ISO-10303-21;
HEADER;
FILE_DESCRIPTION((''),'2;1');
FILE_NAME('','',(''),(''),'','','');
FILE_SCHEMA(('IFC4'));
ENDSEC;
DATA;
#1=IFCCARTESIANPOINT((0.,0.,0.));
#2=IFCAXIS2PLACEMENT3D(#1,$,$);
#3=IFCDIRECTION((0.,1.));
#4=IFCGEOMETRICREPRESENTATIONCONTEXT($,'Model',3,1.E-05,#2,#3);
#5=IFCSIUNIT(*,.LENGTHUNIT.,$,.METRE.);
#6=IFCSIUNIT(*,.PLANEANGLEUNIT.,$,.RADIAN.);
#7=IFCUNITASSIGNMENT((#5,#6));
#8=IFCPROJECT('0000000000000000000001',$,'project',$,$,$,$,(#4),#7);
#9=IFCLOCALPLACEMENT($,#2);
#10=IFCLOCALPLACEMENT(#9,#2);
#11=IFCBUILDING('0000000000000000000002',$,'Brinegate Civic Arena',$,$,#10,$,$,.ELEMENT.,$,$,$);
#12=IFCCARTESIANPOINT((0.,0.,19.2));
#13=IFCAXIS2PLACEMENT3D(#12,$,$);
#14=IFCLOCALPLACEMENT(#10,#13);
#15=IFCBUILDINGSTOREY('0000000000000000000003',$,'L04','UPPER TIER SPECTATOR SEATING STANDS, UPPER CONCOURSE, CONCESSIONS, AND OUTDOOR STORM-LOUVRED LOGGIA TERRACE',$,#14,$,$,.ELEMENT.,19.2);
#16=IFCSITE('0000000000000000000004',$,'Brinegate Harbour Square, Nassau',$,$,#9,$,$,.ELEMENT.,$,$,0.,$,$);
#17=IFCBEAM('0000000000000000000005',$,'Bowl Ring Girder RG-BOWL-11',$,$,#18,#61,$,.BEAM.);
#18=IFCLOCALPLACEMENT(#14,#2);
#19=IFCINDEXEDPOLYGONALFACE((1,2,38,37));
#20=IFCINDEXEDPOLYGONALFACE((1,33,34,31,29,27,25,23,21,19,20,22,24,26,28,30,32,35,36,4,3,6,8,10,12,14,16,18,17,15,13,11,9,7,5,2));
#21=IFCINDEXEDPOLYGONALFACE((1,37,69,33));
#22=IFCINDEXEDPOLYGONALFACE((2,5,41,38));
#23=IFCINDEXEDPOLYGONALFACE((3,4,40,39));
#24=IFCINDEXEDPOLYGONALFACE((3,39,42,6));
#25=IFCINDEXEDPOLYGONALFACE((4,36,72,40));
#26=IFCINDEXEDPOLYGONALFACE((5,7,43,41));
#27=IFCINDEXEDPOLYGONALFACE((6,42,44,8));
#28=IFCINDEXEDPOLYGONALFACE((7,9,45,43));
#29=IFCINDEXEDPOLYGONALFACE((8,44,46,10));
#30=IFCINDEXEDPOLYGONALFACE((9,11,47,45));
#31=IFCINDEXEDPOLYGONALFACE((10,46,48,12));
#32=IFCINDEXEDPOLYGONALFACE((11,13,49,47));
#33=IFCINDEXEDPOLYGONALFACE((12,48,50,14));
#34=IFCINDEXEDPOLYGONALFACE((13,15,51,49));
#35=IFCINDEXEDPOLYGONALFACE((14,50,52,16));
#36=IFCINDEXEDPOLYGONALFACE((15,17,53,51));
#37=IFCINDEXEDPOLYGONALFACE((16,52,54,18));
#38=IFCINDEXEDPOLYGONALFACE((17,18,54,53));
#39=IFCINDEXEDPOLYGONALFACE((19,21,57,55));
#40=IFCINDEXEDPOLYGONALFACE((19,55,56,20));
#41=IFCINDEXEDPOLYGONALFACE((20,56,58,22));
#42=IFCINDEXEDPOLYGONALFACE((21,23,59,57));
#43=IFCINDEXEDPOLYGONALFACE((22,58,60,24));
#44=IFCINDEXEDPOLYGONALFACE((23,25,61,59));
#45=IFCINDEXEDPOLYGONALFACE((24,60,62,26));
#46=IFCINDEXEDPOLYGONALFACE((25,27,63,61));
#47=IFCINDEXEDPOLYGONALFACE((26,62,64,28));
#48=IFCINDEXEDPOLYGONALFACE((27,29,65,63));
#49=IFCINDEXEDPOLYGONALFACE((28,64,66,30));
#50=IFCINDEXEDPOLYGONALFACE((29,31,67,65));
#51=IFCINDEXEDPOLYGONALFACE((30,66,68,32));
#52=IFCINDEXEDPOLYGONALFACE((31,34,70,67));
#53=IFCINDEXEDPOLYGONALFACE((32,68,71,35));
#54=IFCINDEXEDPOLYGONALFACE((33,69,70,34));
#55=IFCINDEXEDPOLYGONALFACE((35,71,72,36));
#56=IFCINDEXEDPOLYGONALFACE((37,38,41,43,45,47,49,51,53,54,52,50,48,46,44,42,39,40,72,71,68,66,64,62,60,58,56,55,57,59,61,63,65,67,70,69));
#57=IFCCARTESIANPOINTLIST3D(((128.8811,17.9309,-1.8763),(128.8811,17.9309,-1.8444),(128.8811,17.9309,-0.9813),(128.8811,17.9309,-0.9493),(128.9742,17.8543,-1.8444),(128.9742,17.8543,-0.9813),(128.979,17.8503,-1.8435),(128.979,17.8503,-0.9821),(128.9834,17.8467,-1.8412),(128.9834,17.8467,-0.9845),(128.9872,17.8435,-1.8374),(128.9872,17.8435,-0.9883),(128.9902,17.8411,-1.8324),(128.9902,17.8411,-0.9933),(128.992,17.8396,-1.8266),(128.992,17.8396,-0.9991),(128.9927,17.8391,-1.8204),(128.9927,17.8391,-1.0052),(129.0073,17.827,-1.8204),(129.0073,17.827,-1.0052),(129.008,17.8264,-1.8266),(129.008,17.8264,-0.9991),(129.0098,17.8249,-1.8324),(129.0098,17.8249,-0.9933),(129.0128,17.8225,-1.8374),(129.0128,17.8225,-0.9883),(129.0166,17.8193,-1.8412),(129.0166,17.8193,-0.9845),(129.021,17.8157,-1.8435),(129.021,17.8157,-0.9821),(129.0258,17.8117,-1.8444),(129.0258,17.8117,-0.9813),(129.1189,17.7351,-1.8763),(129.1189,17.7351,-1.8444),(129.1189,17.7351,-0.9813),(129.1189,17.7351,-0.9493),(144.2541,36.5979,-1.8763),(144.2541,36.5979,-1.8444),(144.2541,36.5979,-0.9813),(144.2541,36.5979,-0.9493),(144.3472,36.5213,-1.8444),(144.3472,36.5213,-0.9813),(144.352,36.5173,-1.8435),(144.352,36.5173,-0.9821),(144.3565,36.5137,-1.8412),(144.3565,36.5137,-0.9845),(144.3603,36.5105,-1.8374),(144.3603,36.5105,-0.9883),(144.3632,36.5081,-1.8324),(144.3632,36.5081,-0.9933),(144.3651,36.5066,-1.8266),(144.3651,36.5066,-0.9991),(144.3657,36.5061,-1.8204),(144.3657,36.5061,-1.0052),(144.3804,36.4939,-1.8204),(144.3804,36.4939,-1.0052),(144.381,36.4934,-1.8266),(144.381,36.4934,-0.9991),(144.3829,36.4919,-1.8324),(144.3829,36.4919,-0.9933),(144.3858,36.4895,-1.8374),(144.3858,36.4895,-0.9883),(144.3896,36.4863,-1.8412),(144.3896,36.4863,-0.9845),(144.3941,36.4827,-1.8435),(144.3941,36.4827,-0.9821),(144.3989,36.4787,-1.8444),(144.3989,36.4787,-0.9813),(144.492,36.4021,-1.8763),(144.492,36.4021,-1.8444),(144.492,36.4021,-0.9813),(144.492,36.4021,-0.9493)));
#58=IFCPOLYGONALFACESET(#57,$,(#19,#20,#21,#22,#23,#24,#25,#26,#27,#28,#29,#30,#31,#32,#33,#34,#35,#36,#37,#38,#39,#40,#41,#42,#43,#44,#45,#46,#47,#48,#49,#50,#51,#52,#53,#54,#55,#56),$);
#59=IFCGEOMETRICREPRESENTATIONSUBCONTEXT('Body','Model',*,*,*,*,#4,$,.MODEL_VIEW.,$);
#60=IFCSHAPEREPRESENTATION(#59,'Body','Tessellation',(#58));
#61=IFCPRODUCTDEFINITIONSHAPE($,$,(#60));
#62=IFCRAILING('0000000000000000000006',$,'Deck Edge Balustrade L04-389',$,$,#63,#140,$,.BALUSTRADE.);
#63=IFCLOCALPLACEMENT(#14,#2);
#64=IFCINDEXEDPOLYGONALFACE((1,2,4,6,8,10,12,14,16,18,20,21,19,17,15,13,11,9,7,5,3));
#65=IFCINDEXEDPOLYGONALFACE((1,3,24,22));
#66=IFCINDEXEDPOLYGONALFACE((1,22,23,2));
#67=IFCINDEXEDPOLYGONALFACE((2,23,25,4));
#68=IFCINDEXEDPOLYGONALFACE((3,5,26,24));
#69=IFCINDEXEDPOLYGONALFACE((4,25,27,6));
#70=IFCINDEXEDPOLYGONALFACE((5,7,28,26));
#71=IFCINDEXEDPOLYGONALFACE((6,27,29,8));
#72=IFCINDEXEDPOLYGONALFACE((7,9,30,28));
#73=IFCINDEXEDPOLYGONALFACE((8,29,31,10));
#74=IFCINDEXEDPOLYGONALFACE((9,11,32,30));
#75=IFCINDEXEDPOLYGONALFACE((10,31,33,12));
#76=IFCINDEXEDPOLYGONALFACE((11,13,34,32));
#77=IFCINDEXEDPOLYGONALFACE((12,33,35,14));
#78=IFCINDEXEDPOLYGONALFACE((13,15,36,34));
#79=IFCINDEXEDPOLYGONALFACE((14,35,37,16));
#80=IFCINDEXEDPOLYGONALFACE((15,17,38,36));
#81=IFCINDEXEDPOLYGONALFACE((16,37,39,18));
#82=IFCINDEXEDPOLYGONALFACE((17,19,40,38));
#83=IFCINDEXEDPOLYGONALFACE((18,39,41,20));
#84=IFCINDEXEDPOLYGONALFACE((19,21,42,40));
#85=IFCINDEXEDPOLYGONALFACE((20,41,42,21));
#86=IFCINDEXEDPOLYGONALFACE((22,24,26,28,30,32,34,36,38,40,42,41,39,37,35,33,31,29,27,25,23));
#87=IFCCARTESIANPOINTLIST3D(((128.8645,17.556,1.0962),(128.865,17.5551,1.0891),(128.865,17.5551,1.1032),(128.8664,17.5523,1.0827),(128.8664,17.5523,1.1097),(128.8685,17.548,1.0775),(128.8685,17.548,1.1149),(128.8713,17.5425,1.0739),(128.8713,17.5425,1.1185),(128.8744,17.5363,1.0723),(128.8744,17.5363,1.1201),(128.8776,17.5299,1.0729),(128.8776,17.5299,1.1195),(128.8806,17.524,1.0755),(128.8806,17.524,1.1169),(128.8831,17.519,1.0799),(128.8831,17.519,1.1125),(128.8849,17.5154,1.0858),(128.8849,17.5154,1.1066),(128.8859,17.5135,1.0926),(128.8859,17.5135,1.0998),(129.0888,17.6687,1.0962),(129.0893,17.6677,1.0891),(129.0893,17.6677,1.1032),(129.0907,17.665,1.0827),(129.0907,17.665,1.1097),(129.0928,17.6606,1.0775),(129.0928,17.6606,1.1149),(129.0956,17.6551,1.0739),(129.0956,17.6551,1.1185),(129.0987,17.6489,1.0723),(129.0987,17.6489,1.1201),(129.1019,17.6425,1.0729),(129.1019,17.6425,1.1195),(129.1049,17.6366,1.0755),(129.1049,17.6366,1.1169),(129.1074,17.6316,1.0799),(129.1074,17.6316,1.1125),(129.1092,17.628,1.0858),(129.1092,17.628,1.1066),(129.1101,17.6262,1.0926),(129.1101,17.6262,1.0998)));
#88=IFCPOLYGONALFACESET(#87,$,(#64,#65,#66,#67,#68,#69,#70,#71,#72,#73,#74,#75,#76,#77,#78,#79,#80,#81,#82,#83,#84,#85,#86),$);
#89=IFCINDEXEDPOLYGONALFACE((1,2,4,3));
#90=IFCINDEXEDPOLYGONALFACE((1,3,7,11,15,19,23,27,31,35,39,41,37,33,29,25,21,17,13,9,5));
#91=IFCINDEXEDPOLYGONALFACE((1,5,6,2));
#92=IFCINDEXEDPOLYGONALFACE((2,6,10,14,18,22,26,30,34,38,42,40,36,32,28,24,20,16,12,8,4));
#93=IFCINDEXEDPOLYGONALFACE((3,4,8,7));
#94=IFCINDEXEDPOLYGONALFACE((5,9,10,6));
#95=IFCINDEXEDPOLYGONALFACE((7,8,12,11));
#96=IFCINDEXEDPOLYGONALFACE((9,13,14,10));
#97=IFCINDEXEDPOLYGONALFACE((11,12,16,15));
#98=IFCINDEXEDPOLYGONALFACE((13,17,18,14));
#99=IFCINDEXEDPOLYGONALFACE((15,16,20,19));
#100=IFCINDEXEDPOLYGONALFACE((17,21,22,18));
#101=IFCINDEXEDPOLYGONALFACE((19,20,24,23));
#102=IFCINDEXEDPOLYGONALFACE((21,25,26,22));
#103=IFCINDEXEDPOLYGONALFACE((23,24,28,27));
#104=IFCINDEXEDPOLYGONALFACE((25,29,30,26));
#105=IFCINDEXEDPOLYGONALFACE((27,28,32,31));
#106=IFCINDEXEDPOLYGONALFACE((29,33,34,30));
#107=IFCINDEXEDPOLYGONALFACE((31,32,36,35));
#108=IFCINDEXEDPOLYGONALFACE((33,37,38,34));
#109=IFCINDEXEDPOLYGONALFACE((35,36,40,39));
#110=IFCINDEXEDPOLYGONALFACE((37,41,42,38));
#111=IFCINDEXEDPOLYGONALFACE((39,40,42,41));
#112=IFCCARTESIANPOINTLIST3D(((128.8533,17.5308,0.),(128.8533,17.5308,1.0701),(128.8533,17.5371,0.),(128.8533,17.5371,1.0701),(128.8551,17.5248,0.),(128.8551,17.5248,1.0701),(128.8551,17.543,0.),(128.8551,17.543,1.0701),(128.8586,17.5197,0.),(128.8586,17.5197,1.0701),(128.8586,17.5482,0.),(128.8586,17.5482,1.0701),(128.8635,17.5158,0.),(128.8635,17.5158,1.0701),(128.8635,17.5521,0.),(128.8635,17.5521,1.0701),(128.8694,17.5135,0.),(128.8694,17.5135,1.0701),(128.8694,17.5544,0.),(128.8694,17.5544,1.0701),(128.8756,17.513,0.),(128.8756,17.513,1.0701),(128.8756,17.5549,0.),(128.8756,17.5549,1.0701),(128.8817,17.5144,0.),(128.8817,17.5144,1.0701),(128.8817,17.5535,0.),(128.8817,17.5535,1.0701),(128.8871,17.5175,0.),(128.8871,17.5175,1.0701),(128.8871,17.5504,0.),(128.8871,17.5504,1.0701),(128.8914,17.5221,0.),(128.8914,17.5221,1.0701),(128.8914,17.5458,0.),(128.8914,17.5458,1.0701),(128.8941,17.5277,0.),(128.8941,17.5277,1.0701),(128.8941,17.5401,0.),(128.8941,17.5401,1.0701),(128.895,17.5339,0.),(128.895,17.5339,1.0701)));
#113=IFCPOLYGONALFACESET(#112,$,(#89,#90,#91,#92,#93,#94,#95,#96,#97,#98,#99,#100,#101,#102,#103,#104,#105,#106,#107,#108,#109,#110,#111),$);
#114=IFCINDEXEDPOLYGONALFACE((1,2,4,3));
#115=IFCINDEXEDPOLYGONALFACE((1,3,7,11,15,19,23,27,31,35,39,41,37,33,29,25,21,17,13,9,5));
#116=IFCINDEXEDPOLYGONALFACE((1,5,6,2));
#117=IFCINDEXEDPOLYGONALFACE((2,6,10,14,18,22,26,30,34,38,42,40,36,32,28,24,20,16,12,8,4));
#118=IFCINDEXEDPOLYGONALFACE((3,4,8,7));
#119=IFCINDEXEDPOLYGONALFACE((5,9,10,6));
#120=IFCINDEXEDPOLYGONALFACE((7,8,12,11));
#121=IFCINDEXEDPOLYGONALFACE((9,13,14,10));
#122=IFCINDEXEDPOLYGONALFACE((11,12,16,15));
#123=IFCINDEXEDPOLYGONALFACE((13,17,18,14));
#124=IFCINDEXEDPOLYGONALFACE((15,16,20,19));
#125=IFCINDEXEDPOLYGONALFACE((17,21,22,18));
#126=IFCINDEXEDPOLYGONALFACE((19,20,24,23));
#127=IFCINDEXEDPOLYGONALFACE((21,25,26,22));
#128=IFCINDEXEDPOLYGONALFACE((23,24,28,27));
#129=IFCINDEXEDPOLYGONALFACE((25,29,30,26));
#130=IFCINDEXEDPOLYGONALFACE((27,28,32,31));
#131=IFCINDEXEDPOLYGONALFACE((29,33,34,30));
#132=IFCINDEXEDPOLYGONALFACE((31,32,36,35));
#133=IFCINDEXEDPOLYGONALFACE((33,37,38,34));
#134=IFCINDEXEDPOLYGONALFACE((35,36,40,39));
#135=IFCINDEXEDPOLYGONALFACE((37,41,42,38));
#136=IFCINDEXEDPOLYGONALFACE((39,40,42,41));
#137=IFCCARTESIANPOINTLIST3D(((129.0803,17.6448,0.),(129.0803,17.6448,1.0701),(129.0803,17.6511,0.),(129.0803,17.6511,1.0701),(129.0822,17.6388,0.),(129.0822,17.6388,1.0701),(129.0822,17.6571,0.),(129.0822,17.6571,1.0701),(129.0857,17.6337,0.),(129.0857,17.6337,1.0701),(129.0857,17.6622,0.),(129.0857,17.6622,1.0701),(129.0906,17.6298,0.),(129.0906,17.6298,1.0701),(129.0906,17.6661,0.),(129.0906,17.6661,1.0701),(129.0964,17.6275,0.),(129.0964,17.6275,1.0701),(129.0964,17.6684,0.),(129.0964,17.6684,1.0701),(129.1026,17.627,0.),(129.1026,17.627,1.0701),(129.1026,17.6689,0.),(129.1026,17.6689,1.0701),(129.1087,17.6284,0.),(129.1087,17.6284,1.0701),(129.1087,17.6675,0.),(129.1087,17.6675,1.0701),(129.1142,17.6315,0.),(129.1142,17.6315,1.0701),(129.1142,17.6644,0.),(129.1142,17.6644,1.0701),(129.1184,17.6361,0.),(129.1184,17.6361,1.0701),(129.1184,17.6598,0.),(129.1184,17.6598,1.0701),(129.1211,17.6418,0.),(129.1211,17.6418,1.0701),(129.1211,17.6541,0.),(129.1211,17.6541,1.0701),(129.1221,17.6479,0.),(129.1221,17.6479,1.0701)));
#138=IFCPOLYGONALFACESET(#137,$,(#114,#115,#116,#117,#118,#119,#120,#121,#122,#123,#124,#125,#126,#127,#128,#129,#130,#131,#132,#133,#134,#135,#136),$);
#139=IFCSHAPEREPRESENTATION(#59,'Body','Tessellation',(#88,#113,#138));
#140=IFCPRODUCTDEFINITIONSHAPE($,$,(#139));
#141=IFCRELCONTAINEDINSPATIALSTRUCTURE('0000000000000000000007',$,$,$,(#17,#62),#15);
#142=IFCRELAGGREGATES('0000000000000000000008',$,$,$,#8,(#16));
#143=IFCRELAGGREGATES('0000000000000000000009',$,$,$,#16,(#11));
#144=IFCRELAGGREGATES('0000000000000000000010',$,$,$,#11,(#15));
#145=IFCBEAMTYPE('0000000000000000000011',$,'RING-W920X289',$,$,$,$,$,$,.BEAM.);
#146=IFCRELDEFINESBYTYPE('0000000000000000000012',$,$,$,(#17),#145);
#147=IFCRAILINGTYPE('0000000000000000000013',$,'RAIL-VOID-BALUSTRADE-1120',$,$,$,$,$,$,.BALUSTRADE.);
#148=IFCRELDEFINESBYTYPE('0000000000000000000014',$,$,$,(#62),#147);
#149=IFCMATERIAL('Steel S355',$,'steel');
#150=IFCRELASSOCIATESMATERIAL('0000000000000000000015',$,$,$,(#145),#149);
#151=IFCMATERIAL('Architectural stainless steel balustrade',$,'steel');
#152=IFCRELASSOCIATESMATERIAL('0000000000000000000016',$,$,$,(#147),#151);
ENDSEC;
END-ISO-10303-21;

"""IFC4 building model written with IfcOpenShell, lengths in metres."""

from ifc_helpers import new_model, si_unit, direction, frame, origin, origin_2d, place, context, subcontext, project, spatial, circle, i_section, extrude, material, material_profile, profile_set, type_object, element, save


model = new_model("IFC4")

# Units and contexts
model_context = context("Model", 3, precision=1e-05, world=origin(), true_north=direction((0.0, 1.0)))
body_context = subcontext(model_context, "Body", "Model", "MODEL_VIEW")
ifc_project = project(units=[si_unit("LENGTHUNIT", "METRE"), si_unit("PLANEANGLEUNIT", "RADIAN")], contexts=[model_context])

# Site, building, storey
site_placement = place(None, origin())
site = spatial("IfcSite", under=ifc_project, at=site_placement, Name="Brinegate Harbour Square, Nassau", CompositionType="ELEMENT", RefElevation=0.0)
building_placement = place(site_placement, origin())
building = spatial("IfcBuilding", under=site, at=building_placement, Name="Brinegate Civic Arena", CompositionType="ELEMENT")
storey_placement = place(building_placement, frame((0.0, 0.0, 19.2)))
storey = spatial("IfcBuildingStorey", under=building, at=storey_placement, Name="L04", Description="UPPER TIER SPECTATOR SEATING STANDS, UPPER CONCOURSE, CONCESSIONS, AND OUTDOOR STORM-LOUVRED LOGGIA TERRACE", CompositionType="ELEMENT", Elevation=19.2)

# Beam
ifc_material_1 = material(Name="Steel S355", Category="steel")
ifc_material_profile_1 = material_profile(ifc_material_1, i_section(OverallWidth=0.3081, OverallDepth=0.927, WebThickness=0.019, FlangeThickness=0.032, FilletRadius=0.0239, at=origin_2d()), Name="W920X289")
ifc_profile_set_1 = profile_set([ifc_material_profile_1], Name="Steel S355")
beam_type_1 = type_object("IfcBeamType", Name="RING-W920X289", PredefinedType="BEAM", material=ifc_profile_set_1)
beam_1_placement = place(storey_placement, frame((129.0, 17.833, -1.4128), z_axis=(0.635713, 0.771926, 0.0), x_axis=(-0.771926, 0.635713, 0.0)))
element("IfcBeam", 1, at=beam_1_placement, inside=storey, type_object=beam_type_1, Name="Bowl Ring Girder RG-BOWL-11", PredefinedType="BEAM", context=body_context, shape_type="SweptSolid", body=[
    extrude(i_section(OverallWidth=0.3081, OverallDepth=0.927, WebThickness=0.019, FlangeThickness=0.032, FilletRadius=0.0239, at=origin_2d()), origin(), (0.0, 0.0, 1.0), 24.1824),
])

# Railing
ifc_material_2 = material(Name="Architectural stainless steel balustrade", Category="steel")
railing_type_1 = type_object("IfcRailingType", Name="RAIL-VOID-BALUSTRADE-1120", PredefinedType="BALUSTRADE", material=ifc_material_2)
railing_1_placement = place(storey_placement, frame((128.874, 17.5339, 0.0)))
element("IfcRailing", 2, at=railing_1_placement, inside=storey, type_object=railing_type_1, Name="Deck Edge Balustrade L04-389", PredefinedType="BALUSTRADE", context=body_context, shape_type="SweptSolid", body=[
    extrude(circle(Radius=0.0239, at=origin_2d()), frame((0.0012, 0.0007, 1.0962), z_axis=(0.893657, 0.44875, 0.0), x_axis=(-0.44875, 0.893657, 0.0)), (0.0, 0.0, 1.0), 0.251),
    extrude(circle(Radius=0.021, at=origin_2d()), origin(), (0.0, 0.0, 1.0), 1.0701),
    extrude(circle(Radius=0.021, at=origin_2d()), frame((0.2271, 0.114, 0.0)), (0.0, 0.0, 1.0), 1.0701),
])

save(model, "model.ifc")
